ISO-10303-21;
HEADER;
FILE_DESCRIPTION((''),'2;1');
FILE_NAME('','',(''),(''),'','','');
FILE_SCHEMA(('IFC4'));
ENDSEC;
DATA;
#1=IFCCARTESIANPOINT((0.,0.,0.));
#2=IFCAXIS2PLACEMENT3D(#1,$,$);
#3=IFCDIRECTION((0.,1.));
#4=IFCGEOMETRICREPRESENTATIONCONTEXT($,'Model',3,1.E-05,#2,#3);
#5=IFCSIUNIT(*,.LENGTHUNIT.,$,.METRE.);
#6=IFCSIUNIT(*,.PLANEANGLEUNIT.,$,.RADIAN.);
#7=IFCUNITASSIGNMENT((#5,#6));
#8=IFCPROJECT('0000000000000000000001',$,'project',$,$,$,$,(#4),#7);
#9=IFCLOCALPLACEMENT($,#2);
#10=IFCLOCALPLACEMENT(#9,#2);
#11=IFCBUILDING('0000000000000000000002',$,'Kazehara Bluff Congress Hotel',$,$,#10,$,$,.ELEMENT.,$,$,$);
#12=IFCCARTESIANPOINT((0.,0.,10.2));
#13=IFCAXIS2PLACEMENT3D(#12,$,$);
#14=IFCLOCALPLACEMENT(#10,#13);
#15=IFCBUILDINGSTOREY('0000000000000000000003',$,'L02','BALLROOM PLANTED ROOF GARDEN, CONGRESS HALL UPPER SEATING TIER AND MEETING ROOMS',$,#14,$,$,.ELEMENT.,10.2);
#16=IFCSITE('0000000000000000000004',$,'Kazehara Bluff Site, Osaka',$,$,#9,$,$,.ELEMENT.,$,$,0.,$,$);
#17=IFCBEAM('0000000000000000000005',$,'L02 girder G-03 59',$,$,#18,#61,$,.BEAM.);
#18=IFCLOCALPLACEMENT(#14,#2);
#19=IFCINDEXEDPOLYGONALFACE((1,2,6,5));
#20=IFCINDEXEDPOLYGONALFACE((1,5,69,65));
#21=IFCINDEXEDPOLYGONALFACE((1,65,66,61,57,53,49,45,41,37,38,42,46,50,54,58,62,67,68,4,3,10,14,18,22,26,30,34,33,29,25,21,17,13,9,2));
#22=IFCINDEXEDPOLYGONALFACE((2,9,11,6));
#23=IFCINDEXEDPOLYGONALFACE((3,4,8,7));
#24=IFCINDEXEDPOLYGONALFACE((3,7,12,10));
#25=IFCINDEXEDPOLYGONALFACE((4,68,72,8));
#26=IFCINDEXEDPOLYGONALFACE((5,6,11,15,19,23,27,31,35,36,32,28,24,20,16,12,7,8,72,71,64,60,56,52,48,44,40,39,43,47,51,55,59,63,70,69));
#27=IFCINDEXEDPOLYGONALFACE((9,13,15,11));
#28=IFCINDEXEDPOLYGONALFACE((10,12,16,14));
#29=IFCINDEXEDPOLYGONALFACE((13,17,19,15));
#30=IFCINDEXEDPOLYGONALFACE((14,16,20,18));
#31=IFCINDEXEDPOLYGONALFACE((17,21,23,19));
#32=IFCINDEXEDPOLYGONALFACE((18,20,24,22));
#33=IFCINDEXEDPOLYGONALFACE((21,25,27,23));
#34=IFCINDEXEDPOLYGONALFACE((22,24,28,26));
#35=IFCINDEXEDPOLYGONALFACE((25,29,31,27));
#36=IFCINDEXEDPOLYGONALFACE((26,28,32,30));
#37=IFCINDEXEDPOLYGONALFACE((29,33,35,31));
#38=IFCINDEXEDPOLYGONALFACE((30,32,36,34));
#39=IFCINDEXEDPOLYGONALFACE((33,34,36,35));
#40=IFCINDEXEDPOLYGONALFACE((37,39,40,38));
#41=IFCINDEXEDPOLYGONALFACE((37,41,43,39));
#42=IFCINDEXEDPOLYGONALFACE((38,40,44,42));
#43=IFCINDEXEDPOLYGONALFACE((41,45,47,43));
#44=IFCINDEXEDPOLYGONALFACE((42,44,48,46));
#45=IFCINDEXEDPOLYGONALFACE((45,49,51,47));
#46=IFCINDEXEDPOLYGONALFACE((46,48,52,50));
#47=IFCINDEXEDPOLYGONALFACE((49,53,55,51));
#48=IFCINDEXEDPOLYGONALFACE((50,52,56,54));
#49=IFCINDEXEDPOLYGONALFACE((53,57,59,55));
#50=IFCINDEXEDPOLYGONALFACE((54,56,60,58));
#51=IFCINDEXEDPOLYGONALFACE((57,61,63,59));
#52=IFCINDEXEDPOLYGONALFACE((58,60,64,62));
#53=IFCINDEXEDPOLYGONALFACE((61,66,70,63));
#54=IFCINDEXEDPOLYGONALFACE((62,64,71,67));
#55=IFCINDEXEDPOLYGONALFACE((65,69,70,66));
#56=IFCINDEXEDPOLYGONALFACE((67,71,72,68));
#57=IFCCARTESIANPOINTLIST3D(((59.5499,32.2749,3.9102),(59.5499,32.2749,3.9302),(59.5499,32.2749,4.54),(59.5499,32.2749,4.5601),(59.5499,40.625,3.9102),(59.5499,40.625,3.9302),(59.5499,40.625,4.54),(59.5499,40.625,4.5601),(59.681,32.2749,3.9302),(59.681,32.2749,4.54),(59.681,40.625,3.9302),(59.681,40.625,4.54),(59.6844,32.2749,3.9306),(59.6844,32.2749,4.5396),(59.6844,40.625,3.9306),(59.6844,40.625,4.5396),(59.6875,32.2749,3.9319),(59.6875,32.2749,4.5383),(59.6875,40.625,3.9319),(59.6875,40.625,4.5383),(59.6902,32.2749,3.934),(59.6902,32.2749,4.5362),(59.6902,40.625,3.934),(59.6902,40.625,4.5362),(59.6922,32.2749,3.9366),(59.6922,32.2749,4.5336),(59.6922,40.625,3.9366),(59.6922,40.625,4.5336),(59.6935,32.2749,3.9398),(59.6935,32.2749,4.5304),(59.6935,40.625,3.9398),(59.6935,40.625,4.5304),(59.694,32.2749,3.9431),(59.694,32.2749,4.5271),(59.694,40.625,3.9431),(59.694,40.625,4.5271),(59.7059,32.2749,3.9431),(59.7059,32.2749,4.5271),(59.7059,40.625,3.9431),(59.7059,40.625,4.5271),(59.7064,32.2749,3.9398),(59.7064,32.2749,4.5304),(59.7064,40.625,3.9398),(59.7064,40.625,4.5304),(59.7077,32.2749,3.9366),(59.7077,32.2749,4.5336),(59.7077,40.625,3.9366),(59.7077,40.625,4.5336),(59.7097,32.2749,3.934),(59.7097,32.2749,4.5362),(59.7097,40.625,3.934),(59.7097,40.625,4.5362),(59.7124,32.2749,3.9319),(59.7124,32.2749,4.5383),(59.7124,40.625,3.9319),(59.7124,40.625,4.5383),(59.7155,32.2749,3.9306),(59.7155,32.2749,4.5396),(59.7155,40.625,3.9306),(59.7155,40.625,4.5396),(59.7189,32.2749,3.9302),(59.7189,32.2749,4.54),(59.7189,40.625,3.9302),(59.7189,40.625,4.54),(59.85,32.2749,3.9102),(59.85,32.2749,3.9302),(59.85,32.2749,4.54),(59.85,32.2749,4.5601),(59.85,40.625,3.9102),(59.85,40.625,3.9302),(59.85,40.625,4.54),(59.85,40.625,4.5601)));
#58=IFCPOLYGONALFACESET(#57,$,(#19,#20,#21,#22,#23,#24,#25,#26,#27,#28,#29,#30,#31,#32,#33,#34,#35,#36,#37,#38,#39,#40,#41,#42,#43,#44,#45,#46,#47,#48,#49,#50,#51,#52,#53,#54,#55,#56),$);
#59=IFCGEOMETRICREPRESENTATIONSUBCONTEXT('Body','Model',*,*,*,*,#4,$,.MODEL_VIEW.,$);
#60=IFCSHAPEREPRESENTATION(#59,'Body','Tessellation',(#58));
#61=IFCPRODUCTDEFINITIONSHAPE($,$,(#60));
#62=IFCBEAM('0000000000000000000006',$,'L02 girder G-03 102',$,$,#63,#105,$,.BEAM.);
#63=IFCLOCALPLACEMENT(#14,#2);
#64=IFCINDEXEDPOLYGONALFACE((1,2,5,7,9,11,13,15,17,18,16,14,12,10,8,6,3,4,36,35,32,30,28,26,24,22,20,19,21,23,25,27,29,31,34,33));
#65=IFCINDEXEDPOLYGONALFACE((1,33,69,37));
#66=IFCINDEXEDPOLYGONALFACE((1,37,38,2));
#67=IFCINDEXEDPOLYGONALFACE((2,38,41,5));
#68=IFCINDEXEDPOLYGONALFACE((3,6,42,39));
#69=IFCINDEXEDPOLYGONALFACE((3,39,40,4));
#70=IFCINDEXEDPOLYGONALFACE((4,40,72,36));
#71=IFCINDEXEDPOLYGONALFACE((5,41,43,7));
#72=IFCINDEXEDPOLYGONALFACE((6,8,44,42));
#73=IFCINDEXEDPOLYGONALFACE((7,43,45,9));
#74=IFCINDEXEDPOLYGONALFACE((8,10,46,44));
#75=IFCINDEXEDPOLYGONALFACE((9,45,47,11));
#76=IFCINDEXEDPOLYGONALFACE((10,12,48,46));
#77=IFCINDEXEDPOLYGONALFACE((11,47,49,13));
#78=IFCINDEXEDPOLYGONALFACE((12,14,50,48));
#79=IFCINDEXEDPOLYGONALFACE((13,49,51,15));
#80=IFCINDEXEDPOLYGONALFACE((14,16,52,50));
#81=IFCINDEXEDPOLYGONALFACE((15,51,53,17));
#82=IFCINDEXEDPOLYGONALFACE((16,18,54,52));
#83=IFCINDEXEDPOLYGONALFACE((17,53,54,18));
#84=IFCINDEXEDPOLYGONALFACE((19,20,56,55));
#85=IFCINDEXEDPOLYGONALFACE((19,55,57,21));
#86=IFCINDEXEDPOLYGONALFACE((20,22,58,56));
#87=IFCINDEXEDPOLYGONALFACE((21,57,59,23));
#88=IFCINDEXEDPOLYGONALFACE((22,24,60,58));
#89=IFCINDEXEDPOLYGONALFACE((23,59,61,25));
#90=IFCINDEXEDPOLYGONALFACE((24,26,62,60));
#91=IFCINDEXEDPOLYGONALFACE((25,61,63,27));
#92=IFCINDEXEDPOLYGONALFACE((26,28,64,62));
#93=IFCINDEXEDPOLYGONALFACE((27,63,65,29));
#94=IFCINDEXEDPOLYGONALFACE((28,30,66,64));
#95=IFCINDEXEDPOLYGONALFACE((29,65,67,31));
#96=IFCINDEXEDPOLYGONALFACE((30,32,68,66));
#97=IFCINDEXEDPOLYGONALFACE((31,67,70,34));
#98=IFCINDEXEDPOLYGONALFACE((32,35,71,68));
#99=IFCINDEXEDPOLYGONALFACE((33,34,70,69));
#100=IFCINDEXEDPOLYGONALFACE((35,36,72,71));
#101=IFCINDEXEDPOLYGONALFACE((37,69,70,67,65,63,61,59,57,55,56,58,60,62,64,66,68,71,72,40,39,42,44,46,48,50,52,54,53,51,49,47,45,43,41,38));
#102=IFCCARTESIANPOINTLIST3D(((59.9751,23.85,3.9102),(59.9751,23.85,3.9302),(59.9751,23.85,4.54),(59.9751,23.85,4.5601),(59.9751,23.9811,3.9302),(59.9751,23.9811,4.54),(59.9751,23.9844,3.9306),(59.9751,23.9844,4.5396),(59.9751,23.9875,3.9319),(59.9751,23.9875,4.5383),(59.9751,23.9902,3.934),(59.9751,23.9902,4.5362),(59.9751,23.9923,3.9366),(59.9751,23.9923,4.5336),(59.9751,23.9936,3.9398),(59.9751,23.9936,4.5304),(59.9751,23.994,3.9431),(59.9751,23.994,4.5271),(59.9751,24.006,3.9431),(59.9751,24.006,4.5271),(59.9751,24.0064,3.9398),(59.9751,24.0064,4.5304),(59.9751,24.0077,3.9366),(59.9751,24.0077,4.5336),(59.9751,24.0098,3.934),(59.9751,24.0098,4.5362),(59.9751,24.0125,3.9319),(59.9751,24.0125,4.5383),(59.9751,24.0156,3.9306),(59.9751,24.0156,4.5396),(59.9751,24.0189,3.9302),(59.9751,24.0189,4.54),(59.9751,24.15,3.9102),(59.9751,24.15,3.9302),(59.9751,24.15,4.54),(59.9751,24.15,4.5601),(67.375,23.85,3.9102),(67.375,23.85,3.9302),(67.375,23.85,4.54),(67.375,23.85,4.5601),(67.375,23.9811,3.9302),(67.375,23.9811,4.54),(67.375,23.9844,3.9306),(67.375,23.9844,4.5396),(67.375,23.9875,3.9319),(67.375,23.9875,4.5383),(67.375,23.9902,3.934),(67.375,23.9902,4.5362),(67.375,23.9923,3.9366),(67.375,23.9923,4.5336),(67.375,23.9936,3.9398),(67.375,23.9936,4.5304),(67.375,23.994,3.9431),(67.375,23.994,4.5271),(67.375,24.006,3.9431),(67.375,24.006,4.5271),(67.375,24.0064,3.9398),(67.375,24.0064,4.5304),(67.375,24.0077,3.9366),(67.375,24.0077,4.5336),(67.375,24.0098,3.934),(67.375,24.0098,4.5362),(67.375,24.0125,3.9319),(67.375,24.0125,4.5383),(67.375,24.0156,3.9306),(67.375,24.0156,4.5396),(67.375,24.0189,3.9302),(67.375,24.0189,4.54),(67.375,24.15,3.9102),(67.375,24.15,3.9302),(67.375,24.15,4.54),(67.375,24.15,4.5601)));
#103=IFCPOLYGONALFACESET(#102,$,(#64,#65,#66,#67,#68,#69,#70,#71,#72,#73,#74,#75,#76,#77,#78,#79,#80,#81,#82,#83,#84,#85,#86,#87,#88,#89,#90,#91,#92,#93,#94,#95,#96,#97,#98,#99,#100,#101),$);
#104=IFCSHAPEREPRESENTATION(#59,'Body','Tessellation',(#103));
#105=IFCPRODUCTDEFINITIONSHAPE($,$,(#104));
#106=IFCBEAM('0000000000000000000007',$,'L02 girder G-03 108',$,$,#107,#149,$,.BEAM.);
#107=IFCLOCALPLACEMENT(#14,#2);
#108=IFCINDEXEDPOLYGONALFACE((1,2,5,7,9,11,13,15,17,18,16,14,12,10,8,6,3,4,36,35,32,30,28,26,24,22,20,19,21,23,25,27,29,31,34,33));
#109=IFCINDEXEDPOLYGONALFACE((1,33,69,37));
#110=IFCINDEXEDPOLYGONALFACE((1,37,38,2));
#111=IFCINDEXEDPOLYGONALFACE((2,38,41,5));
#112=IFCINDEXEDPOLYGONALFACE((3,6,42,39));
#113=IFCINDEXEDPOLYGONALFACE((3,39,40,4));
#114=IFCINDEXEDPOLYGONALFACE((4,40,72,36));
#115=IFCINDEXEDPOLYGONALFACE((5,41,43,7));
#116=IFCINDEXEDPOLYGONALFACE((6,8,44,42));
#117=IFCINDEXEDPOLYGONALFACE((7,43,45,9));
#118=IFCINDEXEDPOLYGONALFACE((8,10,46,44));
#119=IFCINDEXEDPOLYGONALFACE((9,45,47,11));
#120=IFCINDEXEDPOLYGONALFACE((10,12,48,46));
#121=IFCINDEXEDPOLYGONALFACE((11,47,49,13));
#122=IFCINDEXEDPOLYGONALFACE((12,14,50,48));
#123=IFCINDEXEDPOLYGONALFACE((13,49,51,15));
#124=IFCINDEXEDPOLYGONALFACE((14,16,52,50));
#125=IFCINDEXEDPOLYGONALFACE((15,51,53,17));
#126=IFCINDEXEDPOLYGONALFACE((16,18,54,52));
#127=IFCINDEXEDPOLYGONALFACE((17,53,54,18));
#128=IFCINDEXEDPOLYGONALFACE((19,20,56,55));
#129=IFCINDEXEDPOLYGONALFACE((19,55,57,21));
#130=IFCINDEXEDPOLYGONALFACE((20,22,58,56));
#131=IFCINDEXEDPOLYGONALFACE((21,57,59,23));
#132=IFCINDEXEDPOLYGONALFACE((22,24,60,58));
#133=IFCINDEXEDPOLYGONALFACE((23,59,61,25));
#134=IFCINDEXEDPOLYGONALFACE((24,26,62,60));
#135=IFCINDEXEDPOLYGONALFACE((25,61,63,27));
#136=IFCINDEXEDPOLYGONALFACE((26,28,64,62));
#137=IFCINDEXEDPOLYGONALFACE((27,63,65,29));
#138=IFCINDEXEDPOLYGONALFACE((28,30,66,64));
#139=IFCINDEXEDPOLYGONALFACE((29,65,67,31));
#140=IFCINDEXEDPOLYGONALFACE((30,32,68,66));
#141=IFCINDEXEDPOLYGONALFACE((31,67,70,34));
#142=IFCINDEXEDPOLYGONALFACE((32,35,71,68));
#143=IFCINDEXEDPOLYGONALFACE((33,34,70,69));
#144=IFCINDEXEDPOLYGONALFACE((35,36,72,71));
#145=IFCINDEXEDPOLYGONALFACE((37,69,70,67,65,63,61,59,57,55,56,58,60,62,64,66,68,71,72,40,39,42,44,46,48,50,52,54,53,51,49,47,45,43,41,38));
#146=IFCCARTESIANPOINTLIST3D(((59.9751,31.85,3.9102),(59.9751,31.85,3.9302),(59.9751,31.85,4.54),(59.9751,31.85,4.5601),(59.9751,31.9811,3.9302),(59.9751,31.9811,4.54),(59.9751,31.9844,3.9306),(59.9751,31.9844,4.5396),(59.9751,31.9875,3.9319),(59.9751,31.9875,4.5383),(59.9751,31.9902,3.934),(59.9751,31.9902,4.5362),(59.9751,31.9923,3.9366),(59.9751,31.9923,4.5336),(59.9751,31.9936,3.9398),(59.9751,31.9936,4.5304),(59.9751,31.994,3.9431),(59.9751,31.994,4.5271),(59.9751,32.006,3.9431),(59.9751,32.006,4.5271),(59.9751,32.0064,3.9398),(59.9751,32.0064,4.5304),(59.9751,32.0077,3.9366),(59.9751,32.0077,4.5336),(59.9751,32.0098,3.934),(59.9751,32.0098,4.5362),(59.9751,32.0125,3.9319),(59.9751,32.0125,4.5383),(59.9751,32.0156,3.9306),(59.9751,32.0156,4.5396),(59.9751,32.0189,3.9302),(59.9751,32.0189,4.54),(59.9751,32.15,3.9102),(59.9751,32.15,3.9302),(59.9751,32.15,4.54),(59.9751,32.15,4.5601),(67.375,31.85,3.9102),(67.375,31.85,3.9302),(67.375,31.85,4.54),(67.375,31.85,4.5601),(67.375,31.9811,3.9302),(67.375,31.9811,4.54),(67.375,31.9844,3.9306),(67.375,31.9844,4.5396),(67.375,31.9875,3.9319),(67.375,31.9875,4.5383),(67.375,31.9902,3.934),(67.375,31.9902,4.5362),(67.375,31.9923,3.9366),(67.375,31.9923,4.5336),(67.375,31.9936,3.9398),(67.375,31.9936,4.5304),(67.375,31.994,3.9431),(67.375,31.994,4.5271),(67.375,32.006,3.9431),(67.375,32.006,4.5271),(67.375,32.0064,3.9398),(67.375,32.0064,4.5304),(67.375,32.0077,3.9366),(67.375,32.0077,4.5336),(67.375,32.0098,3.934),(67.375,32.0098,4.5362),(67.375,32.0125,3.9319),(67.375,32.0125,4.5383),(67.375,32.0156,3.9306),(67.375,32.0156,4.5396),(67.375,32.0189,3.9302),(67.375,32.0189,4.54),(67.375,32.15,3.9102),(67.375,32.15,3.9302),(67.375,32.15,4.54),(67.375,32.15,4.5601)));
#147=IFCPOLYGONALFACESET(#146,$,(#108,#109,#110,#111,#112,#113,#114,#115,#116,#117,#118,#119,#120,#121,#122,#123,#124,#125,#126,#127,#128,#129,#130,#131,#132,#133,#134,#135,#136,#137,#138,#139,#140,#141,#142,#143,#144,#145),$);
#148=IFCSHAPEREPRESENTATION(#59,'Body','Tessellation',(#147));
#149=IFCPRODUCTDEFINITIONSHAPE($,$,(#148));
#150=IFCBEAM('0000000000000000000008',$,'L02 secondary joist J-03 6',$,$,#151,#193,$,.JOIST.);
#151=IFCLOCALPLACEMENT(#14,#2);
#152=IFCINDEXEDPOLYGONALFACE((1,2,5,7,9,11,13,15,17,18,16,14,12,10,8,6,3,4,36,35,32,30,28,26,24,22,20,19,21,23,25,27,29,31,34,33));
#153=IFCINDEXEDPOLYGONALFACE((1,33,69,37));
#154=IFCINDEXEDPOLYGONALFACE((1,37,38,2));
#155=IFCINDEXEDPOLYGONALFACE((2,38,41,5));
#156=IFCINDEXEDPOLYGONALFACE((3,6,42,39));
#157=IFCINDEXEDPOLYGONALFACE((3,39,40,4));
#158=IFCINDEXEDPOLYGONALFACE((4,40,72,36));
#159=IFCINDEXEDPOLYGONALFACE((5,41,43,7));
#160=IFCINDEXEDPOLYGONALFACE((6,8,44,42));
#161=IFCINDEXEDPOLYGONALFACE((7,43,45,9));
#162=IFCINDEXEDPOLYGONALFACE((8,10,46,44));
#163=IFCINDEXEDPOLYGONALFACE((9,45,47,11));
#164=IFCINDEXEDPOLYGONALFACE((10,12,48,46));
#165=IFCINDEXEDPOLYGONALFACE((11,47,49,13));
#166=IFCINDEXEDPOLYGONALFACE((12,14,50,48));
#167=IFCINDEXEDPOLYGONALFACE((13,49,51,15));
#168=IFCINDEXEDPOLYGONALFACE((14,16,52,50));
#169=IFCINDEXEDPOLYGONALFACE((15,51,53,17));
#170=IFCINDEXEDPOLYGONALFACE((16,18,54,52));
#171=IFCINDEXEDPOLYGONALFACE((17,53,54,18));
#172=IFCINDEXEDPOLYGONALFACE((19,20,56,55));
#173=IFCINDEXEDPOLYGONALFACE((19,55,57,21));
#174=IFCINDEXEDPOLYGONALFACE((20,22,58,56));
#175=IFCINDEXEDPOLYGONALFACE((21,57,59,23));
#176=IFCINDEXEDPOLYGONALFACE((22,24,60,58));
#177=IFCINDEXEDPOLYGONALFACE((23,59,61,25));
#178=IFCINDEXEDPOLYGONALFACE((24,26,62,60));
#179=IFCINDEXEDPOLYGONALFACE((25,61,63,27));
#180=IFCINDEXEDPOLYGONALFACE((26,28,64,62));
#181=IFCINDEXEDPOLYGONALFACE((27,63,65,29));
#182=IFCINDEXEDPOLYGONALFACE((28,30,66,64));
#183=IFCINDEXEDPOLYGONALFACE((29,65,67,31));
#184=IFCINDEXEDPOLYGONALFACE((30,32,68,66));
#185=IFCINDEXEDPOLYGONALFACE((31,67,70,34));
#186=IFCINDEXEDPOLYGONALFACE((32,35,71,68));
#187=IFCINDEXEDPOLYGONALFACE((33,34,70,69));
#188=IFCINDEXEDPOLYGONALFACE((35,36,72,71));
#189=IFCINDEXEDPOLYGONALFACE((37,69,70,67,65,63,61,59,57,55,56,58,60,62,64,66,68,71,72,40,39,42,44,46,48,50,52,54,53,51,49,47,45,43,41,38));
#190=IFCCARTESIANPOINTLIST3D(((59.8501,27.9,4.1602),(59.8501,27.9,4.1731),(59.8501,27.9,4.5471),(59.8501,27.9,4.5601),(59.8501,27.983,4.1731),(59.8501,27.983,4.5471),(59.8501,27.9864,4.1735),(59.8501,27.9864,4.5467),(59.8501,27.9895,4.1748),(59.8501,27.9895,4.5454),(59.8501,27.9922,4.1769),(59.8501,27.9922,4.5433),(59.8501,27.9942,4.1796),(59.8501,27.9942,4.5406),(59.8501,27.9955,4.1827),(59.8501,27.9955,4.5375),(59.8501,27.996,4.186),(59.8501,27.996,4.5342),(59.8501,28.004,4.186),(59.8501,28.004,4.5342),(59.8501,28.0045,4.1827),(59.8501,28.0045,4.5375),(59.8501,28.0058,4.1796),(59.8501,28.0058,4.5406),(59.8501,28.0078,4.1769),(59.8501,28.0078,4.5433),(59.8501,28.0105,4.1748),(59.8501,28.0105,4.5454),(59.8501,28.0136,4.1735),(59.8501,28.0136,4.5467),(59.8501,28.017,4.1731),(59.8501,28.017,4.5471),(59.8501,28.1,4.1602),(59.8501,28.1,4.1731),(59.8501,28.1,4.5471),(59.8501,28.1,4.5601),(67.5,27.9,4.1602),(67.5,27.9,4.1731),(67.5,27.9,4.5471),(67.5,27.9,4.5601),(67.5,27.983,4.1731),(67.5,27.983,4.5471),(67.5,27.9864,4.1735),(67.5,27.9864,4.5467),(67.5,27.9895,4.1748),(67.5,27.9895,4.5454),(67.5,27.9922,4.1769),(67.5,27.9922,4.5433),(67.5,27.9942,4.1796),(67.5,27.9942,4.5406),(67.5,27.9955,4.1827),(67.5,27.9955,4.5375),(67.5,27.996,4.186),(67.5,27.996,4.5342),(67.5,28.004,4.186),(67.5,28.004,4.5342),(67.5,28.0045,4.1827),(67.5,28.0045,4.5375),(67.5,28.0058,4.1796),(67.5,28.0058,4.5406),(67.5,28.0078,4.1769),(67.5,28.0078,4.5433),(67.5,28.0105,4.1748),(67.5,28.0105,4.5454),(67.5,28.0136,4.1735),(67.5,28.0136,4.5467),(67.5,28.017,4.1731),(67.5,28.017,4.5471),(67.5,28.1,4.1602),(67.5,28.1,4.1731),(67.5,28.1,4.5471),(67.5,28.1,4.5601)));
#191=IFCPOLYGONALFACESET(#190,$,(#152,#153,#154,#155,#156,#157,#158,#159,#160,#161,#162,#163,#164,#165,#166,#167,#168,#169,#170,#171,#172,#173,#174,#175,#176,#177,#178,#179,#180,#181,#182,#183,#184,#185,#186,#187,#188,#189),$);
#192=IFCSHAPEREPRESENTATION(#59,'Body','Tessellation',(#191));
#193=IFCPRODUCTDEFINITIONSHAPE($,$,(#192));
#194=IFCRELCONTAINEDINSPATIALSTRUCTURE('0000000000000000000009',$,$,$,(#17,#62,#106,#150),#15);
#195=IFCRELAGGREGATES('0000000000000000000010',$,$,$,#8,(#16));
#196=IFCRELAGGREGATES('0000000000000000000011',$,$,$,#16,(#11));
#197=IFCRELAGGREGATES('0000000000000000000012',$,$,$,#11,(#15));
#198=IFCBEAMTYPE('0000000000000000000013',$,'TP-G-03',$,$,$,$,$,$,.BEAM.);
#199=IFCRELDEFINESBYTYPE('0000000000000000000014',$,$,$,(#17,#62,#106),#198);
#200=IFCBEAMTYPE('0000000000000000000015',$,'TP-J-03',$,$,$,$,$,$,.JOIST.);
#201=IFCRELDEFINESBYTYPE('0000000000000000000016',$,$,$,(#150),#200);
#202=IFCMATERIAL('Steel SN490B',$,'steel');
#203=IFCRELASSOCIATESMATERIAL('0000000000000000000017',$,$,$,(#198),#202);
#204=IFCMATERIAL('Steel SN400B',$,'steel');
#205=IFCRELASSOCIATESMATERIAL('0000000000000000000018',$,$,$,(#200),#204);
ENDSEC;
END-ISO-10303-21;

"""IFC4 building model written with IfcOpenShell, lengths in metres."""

from ifc_helpers import new_model, si_unit, direction, frame, origin, origin_2d, place, context, subcontext, project, spatial, i_section, extrude, material, material_profile, profile_set, type_object, element, save


model = new_model("IFC4")

# Units and contexts
model_context = context("Model", 3, precision=1e-05, world=origin(), true_north=direction((0.0, 1.0)))
body_context = subcontext(model_context, "Body", "Model", "MODEL_VIEW")
ifc_project = project(units=[si_unit("LENGTHUNIT", "METRE"), si_unit("PLANEANGLEUNIT", "RADIAN")], contexts=[model_context])

# Site, building, storey
site_placement = place(None, origin())
site = spatial("IfcSite", under=ifc_project, at=site_placement, Name="Kazehara Bluff Site, Osaka", CompositionType="ELEMENT", RefElevation=0.0)
building_placement = place(site_placement, origin())
building = spatial("IfcBuilding", under=site, at=building_placement, Name="Kazehara Bluff Congress Hotel", CompositionType="ELEMENT")
storey_placement = place(building_placement, frame((0.0, 0.0, 10.2)))
storey = spatial("IfcBuildingStorey", under=building, at=storey_placement, Name="L02", Description="BALLROOM PLANTED ROOF GARDEN, CONGRESS HALL UPPER SEATING TIER AND MEETING ROOMS", CompositionType="ELEMENT", Elevation=10.2)

# Beams
ifc_material_1 = material(Name="Steel SN490B", Category="steel")
ifc_material_profile_1 = material_profile(ifc_material_1, i_section(OverallWidth=0.3, OverallDepth=0.6499, WebThickness=0.012, FlangeThickness=0.02, FilletRadius=0.0129, at=origin_2d()))
ifc_profile_set_1 = profile_set([ifc_material_profile_1], Name="Steel SN490B")
beam_type_1 = type_object("IfcBeamType", Name="TP-G-03", PredefinedType="BEAM", material=ifc_profile_set_1)
beam_1_placement = place(storey_placement, frame((59.7, 32.2749, 4.2351), z_axis=(0.0, 1.0, 0.0), x_axis=(-1.0, 0.0, 0.0)))
element("IfcBeam", 1, at=beam_1_placement, inside=storey, type_object=beam_type_1, Name="L02 girder G-03 59", PredefinedType="BEAM", context=body_context, shape_type="SweptSolid", body=[
    extrude(i_section(OverallWidth=0.3, OverallDepth=0.6499, WebThickness=0.012, FlangeThickness=0.02, FilletRadius=0.0129, at=origin_2d()), origin(), (0.0, 0.0, 1.0), 8.3501),
])
for number, where, z_axis, x_axis, name in (
    (2, (59.9751, 24.0, 4.2351), (1.0, 0.0, 0.0), (0.0, 1.0, 0.0), "L02 girder G-03 102"),
    (3, (59.9751, 32.0, 4.2351), (1.0, 0.0, 0.0), (0.0, 1.0, 0.0), "L02 girder G-03 108"),
):
    element("IfcBeam", number, at=place(storey_placement, frame(where, z_axis=z_axis, x_axis=x_axis)), inside=storey, type_object=beam_type_1, Name=name, PredefinedType="BEAM", context=body_context, shape_type="SweptSolid", body=[
        extrude(i_section(OverallWidth=0.3, OverallDepth=0.6499, WebThickness=0.012, FlangeThickness=0.02, FilletRadius=0.0129, at=origin_2d()), origin(), (0.0, 0.0, 1.0), 7.3999),
    ])
ifc_material_2 = material(Name="Steel SN400B", Category="steel")
ifc_material_profile_2 = material_profile(ifc_material_2, i_section(OverallWidth=0.2, OverallDepth=0.3999, WebThickness=0.0081, FlangeThickness=0.0129, FilletRadius=0.0129, at=origin_2d()))
ifc_profile_set_2 = profile_set([ifc_material_profile_2], Name="Steel SN400B")
beam_type_2 = type_object("IfcBeamType", Name="TP-J-03", PredefinedType="JOIST", material=ifc_profile_set_2)
beam_2_placement = place(storey_placement, frame((59.8501, 28.0, 4.3601), z_axis=(1.0, 0.0, 0.0), x_axis=(0.0, 1.0, 0.0)))
element("IfcBeam", 4, at=beam_2_placement, inside=storey, type_object=beam_type_2, Name="L02 secondary joist J-03 6", PredefinedType="JOIST", context=body_context, shape_type="SweptSolid", body=[
    extrude(i_section(OverallWidth=0.2, OverallDepth=0.3999, WebThickness=0.0081, FlangeThickness=0.0129, FilletRadius=0.0129, at=origin_2d()), origin(), (0.0, 0.0, 1.0), 7.6499),
])

save(model, "model.ifc")
